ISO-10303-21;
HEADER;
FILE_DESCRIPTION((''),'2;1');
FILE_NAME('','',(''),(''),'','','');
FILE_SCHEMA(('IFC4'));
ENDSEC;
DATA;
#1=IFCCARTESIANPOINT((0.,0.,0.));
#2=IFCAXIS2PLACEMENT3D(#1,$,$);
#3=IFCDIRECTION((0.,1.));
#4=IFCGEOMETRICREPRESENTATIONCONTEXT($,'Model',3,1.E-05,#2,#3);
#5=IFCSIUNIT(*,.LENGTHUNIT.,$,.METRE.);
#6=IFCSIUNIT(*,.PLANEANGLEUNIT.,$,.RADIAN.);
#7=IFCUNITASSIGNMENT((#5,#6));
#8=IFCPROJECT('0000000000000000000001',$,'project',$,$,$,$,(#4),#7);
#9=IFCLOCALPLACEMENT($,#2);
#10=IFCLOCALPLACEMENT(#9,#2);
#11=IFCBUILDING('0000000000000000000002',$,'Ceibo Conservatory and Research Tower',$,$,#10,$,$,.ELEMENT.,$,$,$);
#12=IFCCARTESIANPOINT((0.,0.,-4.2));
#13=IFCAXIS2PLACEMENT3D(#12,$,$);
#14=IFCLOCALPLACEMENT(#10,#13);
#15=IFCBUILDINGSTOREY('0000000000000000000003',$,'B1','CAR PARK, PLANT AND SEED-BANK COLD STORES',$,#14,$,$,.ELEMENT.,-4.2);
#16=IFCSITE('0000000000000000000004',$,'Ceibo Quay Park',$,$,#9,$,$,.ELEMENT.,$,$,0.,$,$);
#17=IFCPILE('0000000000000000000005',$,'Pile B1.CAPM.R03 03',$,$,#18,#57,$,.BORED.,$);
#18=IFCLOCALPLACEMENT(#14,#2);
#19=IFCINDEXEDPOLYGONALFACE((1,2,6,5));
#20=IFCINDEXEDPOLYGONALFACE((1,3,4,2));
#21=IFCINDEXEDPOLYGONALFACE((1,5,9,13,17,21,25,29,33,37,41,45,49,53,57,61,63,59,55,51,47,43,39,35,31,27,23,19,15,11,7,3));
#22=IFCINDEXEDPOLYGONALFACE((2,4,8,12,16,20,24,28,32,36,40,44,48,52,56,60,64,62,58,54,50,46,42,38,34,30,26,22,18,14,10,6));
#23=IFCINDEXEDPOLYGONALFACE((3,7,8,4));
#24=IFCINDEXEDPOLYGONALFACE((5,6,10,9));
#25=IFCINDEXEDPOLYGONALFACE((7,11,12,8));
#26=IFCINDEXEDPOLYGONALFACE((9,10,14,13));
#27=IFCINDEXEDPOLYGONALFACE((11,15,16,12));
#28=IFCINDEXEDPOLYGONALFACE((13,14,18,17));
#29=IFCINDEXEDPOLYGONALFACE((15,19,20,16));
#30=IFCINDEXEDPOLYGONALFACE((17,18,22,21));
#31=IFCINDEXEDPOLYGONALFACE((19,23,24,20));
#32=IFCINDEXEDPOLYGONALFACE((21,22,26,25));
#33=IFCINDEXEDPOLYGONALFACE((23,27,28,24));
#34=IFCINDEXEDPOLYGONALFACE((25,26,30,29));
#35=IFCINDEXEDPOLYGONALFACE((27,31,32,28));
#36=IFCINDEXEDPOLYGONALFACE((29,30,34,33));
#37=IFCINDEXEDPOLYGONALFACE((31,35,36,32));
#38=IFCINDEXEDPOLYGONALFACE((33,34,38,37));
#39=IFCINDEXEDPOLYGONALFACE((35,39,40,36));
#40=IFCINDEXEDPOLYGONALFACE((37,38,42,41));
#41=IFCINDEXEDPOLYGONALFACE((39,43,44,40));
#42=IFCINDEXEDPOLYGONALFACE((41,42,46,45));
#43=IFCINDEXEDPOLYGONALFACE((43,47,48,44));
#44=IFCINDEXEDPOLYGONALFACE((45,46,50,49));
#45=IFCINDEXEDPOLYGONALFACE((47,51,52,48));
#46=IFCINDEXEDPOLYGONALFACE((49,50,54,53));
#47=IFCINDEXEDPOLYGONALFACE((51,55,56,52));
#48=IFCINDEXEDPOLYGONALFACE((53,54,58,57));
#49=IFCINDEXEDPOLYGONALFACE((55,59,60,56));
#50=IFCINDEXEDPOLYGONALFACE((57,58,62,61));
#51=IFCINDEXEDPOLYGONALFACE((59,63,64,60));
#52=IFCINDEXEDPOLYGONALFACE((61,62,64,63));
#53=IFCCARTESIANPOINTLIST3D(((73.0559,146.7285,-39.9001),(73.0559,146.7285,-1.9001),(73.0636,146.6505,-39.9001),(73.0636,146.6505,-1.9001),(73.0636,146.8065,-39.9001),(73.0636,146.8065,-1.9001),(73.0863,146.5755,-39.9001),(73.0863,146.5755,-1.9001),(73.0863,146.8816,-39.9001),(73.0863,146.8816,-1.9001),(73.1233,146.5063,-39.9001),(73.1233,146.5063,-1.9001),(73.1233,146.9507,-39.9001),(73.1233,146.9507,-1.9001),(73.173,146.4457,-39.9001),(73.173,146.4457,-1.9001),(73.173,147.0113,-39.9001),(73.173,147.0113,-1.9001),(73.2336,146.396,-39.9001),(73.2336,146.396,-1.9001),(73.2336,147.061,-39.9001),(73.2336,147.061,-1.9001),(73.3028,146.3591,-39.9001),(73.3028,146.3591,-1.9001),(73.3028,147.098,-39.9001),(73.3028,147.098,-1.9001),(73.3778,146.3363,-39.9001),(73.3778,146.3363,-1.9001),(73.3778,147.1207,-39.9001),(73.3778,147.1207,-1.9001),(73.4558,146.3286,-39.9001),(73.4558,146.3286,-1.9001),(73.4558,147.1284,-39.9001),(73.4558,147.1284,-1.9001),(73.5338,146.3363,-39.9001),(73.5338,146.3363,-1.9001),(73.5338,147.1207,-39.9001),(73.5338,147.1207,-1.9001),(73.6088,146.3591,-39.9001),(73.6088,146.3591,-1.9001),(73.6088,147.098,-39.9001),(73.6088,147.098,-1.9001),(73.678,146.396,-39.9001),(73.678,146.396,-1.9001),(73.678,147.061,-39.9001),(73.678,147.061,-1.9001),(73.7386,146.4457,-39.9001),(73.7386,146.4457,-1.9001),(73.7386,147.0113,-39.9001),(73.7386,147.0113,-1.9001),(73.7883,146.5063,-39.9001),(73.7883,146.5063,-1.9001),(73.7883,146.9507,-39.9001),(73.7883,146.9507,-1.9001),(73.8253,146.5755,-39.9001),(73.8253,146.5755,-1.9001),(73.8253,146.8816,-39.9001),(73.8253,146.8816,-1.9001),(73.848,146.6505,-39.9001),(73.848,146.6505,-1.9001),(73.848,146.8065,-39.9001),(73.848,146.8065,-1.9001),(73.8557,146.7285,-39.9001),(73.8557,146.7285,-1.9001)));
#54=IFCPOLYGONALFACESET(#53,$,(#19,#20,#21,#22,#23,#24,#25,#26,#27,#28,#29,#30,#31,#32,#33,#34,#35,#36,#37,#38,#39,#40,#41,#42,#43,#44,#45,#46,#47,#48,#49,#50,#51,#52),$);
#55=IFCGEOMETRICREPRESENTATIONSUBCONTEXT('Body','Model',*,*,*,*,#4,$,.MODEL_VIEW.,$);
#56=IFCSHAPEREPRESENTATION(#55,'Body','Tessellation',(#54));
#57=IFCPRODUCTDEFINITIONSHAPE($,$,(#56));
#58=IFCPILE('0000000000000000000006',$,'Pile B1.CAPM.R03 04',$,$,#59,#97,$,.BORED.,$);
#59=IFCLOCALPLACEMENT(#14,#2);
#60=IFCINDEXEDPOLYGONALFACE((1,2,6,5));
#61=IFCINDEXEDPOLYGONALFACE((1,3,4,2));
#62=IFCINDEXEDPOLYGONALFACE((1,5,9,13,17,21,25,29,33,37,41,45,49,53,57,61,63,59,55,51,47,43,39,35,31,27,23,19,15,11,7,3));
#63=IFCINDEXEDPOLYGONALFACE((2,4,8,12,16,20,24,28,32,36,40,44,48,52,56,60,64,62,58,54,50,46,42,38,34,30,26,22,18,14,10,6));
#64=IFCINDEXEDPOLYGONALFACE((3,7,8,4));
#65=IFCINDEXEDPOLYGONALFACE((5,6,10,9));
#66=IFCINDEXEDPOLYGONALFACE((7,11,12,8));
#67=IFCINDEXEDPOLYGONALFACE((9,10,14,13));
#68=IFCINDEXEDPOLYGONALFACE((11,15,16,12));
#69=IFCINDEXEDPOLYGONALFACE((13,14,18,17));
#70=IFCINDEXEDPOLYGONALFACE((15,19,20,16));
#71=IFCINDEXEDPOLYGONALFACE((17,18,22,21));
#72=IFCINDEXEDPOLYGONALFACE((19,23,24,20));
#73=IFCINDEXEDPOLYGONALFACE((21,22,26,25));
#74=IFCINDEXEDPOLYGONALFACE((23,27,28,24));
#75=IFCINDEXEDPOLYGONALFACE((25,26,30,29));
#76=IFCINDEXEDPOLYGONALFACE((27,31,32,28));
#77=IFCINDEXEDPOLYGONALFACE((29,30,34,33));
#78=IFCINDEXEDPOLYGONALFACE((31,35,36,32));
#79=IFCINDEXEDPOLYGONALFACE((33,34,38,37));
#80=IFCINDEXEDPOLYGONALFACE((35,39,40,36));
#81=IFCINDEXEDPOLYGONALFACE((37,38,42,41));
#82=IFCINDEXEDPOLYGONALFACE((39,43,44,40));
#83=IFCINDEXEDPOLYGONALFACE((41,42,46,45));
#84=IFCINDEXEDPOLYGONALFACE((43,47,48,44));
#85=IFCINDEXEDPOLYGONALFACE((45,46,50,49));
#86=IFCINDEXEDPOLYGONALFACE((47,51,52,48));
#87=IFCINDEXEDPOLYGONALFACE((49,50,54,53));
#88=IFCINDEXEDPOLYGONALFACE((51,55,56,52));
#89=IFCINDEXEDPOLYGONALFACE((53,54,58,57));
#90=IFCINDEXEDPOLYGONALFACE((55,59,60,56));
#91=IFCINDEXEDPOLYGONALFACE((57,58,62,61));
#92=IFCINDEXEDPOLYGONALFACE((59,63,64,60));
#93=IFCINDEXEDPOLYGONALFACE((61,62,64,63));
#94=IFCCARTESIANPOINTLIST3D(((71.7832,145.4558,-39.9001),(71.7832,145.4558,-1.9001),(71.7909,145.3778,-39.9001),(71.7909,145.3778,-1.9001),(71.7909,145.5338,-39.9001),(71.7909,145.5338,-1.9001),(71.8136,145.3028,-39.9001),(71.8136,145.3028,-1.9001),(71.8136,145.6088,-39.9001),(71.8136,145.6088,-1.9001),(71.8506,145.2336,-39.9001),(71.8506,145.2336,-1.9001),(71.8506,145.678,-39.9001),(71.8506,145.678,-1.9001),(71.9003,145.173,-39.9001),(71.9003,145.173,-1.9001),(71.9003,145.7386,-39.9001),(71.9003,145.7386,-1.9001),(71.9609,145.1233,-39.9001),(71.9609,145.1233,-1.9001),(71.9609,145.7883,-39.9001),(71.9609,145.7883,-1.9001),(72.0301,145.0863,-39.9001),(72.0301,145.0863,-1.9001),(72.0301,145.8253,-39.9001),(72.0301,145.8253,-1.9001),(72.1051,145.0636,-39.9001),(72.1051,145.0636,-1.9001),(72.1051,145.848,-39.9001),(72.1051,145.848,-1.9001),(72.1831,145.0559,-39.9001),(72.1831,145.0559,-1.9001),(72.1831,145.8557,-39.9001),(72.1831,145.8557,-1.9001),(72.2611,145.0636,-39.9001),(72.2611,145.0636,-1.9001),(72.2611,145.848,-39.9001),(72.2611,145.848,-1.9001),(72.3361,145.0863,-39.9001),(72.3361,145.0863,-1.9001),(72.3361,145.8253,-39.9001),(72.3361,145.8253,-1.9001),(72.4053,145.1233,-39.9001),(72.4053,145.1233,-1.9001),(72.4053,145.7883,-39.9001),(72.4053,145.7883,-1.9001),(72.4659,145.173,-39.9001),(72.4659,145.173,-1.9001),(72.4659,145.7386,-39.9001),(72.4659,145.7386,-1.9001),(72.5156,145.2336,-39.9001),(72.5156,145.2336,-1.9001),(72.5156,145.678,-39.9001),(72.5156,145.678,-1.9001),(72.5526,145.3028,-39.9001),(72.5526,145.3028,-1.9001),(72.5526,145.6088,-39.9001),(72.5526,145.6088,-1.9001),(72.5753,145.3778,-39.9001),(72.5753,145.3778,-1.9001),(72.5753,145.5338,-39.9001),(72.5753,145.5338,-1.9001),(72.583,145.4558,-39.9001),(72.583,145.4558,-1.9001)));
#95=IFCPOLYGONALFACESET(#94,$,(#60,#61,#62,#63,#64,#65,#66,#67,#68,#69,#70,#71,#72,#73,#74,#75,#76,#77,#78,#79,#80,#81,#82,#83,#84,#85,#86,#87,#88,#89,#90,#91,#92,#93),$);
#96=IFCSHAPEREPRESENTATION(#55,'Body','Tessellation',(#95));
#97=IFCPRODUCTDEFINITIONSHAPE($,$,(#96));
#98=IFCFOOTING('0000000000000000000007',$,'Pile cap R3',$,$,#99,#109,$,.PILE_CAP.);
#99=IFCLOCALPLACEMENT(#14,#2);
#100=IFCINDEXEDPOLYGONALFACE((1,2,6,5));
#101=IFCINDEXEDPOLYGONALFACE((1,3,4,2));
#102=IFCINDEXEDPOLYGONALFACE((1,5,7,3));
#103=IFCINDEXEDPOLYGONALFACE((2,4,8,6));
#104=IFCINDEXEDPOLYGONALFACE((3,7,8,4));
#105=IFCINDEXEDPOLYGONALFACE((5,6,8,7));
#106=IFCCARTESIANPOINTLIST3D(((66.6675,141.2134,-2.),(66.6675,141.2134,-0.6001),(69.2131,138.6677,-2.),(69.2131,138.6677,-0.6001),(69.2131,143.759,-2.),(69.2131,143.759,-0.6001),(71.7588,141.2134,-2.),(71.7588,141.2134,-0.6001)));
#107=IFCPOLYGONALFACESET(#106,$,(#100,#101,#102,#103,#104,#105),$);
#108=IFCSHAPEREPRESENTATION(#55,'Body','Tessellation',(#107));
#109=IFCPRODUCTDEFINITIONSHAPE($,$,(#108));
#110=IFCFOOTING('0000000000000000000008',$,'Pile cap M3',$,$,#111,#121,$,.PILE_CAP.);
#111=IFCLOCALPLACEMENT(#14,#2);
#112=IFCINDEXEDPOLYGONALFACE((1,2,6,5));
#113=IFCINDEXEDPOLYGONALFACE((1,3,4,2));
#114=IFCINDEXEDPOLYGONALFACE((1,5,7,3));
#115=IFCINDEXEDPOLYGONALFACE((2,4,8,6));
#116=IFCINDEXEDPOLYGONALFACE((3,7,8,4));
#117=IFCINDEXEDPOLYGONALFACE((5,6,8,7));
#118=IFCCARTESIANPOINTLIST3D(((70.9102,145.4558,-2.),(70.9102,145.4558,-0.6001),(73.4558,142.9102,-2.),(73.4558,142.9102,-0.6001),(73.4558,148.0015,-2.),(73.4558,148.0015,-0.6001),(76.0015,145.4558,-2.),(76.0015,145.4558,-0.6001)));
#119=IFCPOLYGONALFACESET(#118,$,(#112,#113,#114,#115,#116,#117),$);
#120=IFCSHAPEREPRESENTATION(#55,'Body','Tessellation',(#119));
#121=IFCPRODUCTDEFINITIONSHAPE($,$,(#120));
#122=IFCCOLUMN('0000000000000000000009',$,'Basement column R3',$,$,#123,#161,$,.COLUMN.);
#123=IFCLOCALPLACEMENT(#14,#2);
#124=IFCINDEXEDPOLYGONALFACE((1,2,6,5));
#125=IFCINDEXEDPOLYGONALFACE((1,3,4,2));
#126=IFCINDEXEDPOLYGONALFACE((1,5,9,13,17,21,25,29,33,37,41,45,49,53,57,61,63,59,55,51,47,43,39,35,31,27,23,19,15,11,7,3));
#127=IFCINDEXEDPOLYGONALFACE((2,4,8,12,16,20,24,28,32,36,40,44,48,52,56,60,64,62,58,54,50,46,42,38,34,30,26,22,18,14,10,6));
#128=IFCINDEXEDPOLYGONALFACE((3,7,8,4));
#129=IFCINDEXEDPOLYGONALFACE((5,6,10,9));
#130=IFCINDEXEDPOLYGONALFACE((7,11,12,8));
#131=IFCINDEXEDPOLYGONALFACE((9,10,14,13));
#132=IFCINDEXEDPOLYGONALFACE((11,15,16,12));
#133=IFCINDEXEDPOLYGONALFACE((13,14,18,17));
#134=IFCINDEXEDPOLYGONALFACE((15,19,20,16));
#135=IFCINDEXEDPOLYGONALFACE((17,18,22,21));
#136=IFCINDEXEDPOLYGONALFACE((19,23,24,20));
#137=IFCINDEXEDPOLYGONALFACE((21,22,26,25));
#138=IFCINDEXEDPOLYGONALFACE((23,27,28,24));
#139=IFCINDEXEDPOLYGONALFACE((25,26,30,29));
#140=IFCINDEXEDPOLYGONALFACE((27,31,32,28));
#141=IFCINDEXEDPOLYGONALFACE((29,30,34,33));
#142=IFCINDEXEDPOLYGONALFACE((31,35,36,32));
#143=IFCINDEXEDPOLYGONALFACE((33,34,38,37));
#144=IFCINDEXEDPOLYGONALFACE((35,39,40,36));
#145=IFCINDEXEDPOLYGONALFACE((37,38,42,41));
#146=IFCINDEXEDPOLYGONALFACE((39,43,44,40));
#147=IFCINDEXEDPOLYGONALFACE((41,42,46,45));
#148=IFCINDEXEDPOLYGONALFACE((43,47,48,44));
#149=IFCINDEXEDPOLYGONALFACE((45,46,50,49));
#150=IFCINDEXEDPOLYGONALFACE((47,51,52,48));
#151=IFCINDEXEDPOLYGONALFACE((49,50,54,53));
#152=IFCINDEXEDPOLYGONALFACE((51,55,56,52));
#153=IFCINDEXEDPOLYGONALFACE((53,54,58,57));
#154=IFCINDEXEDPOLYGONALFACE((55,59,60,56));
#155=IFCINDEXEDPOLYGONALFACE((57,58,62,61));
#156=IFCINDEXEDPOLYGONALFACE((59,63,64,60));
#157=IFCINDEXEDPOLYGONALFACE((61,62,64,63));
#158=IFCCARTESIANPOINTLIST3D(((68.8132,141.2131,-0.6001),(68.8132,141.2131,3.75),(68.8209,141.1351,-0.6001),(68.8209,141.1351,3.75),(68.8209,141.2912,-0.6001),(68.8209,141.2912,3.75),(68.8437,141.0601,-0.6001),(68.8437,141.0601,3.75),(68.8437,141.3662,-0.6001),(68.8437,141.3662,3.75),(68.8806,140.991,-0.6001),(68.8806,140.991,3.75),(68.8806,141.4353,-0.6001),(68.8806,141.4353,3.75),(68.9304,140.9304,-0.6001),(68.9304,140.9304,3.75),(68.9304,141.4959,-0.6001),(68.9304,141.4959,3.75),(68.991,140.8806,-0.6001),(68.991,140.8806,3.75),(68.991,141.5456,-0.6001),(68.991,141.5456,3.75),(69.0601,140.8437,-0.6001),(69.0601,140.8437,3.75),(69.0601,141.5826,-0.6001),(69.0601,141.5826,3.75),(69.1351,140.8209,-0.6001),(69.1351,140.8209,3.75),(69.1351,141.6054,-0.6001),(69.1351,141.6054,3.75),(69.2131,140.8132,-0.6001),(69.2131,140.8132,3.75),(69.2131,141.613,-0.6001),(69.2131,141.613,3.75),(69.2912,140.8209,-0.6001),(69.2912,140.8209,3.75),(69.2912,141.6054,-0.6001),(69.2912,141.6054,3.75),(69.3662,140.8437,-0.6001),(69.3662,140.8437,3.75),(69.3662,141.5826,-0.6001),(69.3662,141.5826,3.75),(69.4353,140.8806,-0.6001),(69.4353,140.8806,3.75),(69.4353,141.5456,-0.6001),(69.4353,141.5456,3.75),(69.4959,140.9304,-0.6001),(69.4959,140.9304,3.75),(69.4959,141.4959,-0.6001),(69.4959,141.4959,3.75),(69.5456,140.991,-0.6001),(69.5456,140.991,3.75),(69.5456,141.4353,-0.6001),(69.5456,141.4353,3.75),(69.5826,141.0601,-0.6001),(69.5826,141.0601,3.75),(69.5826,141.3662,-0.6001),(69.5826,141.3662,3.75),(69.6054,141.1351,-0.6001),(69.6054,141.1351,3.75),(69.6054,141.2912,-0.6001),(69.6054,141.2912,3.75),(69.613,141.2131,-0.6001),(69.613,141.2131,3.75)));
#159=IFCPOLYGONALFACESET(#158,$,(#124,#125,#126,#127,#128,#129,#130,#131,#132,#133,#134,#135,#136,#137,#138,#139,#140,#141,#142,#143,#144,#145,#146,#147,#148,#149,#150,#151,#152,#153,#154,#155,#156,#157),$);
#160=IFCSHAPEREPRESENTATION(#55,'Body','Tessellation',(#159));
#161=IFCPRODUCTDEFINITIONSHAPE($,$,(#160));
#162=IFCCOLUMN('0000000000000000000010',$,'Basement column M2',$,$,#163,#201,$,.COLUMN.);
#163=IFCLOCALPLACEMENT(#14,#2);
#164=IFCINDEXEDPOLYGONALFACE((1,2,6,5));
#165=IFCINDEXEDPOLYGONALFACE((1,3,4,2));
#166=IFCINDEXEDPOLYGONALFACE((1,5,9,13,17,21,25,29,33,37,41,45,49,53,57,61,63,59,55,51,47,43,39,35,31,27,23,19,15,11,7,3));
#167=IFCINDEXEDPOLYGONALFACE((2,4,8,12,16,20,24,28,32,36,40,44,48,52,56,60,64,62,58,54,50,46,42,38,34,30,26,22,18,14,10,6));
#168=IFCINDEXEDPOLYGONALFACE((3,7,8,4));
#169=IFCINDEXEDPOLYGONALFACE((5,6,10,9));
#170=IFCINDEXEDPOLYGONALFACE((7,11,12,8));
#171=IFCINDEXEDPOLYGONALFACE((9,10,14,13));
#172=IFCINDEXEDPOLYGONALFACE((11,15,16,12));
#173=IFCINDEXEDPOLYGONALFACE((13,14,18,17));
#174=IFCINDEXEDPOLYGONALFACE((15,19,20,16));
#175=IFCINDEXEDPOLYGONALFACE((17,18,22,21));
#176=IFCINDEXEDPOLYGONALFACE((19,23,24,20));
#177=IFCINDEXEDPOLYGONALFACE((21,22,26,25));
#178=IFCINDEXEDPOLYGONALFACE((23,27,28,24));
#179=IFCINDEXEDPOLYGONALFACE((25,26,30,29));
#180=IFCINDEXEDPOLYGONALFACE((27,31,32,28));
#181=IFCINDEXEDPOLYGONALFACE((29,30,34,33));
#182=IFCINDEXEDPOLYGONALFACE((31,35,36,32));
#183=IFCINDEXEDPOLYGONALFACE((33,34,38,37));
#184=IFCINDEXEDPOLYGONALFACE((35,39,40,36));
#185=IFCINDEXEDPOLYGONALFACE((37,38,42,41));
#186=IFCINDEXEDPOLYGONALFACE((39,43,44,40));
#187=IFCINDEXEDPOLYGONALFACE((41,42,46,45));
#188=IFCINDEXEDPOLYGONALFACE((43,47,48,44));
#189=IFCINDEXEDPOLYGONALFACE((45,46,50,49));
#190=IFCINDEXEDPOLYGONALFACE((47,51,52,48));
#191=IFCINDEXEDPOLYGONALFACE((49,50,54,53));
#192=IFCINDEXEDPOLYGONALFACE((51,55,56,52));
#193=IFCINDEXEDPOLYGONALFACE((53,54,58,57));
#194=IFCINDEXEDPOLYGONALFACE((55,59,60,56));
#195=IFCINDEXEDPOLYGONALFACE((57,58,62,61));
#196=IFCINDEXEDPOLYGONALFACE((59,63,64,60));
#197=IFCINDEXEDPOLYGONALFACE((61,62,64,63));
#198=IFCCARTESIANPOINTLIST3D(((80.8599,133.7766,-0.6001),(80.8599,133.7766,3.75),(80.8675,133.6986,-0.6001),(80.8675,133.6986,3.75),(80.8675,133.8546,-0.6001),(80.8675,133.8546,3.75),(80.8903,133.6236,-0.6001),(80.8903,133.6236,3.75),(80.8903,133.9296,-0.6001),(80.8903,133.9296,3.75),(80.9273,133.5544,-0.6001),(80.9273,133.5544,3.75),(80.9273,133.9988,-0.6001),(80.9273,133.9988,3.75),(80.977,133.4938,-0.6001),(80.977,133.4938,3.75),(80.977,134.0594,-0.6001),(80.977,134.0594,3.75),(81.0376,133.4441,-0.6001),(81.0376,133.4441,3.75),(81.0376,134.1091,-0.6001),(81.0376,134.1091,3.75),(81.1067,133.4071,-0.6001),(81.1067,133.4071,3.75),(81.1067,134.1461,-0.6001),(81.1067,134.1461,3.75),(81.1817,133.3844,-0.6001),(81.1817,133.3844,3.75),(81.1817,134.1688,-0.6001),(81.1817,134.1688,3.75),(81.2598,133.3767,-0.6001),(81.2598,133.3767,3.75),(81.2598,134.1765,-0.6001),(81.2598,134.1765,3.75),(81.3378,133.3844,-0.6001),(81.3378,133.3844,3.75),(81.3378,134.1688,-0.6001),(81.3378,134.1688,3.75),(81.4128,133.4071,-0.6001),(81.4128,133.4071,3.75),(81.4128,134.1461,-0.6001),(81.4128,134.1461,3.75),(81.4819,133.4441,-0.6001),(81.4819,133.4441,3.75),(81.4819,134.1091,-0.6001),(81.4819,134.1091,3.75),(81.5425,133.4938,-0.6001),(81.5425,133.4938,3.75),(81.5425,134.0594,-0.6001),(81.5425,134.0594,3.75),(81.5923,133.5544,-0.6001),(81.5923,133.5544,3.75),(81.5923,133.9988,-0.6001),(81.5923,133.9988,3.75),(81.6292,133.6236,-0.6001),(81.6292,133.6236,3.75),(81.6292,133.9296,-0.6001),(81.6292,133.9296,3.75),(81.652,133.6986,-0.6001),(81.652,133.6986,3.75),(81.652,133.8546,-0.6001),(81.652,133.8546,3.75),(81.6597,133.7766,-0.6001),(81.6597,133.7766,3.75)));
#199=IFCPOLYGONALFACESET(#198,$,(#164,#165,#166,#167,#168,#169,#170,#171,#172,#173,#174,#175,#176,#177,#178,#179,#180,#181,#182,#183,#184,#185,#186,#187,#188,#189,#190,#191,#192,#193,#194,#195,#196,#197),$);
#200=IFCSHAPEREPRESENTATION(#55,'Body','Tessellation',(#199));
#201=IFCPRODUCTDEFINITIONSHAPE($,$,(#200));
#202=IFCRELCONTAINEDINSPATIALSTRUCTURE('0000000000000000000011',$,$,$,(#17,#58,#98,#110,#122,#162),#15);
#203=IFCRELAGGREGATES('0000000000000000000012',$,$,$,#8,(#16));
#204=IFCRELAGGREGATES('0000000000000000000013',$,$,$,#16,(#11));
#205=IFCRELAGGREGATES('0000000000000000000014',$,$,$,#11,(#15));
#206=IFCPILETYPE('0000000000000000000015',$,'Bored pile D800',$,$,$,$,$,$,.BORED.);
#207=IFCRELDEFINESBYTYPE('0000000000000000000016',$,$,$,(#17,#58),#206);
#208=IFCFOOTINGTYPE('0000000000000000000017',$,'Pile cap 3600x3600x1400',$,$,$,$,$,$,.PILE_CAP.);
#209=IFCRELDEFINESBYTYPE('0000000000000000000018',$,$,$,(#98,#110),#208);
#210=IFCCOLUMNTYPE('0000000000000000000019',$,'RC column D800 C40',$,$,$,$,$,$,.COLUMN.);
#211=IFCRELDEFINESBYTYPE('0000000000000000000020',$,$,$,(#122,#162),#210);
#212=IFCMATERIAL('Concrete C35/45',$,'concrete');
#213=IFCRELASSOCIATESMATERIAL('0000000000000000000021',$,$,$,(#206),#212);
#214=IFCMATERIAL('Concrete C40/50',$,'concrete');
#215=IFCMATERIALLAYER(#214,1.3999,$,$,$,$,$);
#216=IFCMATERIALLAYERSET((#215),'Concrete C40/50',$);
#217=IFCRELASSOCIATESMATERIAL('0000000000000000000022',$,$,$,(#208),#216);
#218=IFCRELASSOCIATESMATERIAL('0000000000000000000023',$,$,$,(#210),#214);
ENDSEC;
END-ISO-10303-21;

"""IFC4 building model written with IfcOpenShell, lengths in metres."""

from ifc_helpers import new_model, si_unit, direction, frame, origin, origin_2d, place, context, subcontext, project, spatial, polyline, circle, outline, extrude, material, layer, layer_set, material_profile, profile_set, type_object, element, save


model = new_model("IFC4")

# Units and contexts
model_context = context("Model", 3, precision=1e-05, world=origin(), true_north=direction((0.0, 1.0)))
body_context = subcontext(model_context, "Body", "Model", "MODEL_VIEW")
ifc_project = project(units=[si_unit("LENGTHUNIT", "METRE"), si_unit("PLANEANGLEUNIT", "RADIAN")], contexts=[model_context])

# Site, building, storey
site_placement = place(None, origin())
site = spatial("IfcSite", under=ifc_project, at=site_placement, Name="Ceibo Quay Park", CompositionType="ELEMENT", RefElevation=0.0)
building_placement = place(site_placement, origin())
building = spatial("IfcBuilding", under=site, at=building_placement, Name="Ceibo Conservatory and Research Tower", CompositionType="ELEMENT")
storey_placement = place(building_placement, frame((0.0, 0.0, -4.2)))
storey = spatial("IfcBuildingStorey", under=building, at=storey_placement, Name="B1", Description="CAR PARK, PLANT AND SEED-BANK COLD STORES", CompositionType="ELEMENT", Elevation=-4.2)

# Piles
ifc_material_1 = material(Name="Concrete C35/45", Category="concrete")
ifc_material_profile_1 = material_profile(ifc_material_1, circle(Radius=0.3999, at=origin_2d()), Name="RC D800")
ifc_profile_set_1 = profile_set([ifc_material_profile_1], Name="Concrete C35/45")
pile_type_1 = type_object("IfcPileType", Name="Bored pile D800", PredefinedType="BORED", material=ifc_profile_set_1)
for number, where, z_axis, x_axis, name in (
    (1, (73.4558, 146.7285, -1.9001), (0.0, 0.0, -1.0), (1.0, 0.0, 0.0), "Pile B1.CAPM.R03 03"),
    (2, (72.1831, 145.4558, -1.9001), (0.0, 0.0, -1.0), (1.0, 0.0, 0.0), "Pile B1.CAPM.R03 04"),
):
    element("IfcPile", number, at=place(storey_placement, frame(where, z_axis=z_axis, x_axis=x_axis)), inside=storey, type_object=pile_type_1, Name=name, PredefinedType="BORED", context=body_context, shape_type="SweptSolid", body=[
        extrude(circle(Radius=0.3999, at=origin_2d()), origin(), (0.0, 0.0, 1.0), 38.0),
    ])

# Footings
ifc_material_2 = material(Name="Concrete C40/50", Category="concrete")
ifc_layer_1 = layer(ifc_material_2, 1.3999)
ifc_layer_set_1 = layer_set([ifc_layer_1], Name="Concrete C40/50")
footing_type = type_object("IfcFootingType", Name="Pile cap 3600x3600x1400", PredefinedType="PILE_CAP", material=ifc_layer_set_1)
for number, where, z_axis, x_axis, name in (
    (3, (69.2131, 138.6677, -2.0), (0.0, 0.0, 1.0), (0.707107, 0.707107, 0.0), "Pile cap R3"),
    (4, (73.4558, 142.9102, -2.0), (0.0, 0.0, 1.0), (0.707107, 0.707107, 0.0), "Pile cap M3"),
):
    element("IfcFooting", number, at=place(storey_placement, frame(where, z_axis=z_axis, x_axis=x_axis)), inside=storey, type_object=footing_type, Name=name, PredefinedType="PILE_CAP", context=body_context, shape_type="SweptSolid", body=[
        extrude(outline(polyline([(0.0, 0.0), (3.6001, 0.0), (3.6001, 3.6001), (0.0, 3.6001), (0.0, 0.0)])), origin(), (0.0, 0.0, 1.0), 1.3999),
    ])

# Columns
ifc_material_profile_2 = material_profile(ifc_material_2, circle(Radius=0.3999, at=origin_2d()), Name="RC D800")
ifc_profile_set_2 = profile_set([ifc_material_profile_2], Name="Concrete C40/50")
column_type = type_object("IfcColumnType", Name="RC column D800 C40", PredefinedType="COLUMN", material=ifc_profile_set_2)
for number, where, z_axis, x_axis, name in (
    (5, (69.2131, 141.2131, -0.6001), (0.0, 0.0, 1.0), (1.0, 0.0, 0.0), "Basement column R3"),
    (6, (81.2598, 133.7766, -0.6001), (0.0, 0.0, 1.0), (1.0, 0.0, 0.0), "Basement column M2"),
):
    element("IfcColumn", number, at=place(storey_placement, frame(where, z_axis=z_axis, x_axis=x_axis)), inside=storey, type_object=column_type, Name=name, PredefinedType="COLUMN", context=body_context, shape_type="SweptSolid", body=[
        extrude(circle(Radius=0.3999, at=origin_2d()), origin(), (0.0, 0.0, 1.0), 4.3501),
    ])

save(model, "model.ifc")
